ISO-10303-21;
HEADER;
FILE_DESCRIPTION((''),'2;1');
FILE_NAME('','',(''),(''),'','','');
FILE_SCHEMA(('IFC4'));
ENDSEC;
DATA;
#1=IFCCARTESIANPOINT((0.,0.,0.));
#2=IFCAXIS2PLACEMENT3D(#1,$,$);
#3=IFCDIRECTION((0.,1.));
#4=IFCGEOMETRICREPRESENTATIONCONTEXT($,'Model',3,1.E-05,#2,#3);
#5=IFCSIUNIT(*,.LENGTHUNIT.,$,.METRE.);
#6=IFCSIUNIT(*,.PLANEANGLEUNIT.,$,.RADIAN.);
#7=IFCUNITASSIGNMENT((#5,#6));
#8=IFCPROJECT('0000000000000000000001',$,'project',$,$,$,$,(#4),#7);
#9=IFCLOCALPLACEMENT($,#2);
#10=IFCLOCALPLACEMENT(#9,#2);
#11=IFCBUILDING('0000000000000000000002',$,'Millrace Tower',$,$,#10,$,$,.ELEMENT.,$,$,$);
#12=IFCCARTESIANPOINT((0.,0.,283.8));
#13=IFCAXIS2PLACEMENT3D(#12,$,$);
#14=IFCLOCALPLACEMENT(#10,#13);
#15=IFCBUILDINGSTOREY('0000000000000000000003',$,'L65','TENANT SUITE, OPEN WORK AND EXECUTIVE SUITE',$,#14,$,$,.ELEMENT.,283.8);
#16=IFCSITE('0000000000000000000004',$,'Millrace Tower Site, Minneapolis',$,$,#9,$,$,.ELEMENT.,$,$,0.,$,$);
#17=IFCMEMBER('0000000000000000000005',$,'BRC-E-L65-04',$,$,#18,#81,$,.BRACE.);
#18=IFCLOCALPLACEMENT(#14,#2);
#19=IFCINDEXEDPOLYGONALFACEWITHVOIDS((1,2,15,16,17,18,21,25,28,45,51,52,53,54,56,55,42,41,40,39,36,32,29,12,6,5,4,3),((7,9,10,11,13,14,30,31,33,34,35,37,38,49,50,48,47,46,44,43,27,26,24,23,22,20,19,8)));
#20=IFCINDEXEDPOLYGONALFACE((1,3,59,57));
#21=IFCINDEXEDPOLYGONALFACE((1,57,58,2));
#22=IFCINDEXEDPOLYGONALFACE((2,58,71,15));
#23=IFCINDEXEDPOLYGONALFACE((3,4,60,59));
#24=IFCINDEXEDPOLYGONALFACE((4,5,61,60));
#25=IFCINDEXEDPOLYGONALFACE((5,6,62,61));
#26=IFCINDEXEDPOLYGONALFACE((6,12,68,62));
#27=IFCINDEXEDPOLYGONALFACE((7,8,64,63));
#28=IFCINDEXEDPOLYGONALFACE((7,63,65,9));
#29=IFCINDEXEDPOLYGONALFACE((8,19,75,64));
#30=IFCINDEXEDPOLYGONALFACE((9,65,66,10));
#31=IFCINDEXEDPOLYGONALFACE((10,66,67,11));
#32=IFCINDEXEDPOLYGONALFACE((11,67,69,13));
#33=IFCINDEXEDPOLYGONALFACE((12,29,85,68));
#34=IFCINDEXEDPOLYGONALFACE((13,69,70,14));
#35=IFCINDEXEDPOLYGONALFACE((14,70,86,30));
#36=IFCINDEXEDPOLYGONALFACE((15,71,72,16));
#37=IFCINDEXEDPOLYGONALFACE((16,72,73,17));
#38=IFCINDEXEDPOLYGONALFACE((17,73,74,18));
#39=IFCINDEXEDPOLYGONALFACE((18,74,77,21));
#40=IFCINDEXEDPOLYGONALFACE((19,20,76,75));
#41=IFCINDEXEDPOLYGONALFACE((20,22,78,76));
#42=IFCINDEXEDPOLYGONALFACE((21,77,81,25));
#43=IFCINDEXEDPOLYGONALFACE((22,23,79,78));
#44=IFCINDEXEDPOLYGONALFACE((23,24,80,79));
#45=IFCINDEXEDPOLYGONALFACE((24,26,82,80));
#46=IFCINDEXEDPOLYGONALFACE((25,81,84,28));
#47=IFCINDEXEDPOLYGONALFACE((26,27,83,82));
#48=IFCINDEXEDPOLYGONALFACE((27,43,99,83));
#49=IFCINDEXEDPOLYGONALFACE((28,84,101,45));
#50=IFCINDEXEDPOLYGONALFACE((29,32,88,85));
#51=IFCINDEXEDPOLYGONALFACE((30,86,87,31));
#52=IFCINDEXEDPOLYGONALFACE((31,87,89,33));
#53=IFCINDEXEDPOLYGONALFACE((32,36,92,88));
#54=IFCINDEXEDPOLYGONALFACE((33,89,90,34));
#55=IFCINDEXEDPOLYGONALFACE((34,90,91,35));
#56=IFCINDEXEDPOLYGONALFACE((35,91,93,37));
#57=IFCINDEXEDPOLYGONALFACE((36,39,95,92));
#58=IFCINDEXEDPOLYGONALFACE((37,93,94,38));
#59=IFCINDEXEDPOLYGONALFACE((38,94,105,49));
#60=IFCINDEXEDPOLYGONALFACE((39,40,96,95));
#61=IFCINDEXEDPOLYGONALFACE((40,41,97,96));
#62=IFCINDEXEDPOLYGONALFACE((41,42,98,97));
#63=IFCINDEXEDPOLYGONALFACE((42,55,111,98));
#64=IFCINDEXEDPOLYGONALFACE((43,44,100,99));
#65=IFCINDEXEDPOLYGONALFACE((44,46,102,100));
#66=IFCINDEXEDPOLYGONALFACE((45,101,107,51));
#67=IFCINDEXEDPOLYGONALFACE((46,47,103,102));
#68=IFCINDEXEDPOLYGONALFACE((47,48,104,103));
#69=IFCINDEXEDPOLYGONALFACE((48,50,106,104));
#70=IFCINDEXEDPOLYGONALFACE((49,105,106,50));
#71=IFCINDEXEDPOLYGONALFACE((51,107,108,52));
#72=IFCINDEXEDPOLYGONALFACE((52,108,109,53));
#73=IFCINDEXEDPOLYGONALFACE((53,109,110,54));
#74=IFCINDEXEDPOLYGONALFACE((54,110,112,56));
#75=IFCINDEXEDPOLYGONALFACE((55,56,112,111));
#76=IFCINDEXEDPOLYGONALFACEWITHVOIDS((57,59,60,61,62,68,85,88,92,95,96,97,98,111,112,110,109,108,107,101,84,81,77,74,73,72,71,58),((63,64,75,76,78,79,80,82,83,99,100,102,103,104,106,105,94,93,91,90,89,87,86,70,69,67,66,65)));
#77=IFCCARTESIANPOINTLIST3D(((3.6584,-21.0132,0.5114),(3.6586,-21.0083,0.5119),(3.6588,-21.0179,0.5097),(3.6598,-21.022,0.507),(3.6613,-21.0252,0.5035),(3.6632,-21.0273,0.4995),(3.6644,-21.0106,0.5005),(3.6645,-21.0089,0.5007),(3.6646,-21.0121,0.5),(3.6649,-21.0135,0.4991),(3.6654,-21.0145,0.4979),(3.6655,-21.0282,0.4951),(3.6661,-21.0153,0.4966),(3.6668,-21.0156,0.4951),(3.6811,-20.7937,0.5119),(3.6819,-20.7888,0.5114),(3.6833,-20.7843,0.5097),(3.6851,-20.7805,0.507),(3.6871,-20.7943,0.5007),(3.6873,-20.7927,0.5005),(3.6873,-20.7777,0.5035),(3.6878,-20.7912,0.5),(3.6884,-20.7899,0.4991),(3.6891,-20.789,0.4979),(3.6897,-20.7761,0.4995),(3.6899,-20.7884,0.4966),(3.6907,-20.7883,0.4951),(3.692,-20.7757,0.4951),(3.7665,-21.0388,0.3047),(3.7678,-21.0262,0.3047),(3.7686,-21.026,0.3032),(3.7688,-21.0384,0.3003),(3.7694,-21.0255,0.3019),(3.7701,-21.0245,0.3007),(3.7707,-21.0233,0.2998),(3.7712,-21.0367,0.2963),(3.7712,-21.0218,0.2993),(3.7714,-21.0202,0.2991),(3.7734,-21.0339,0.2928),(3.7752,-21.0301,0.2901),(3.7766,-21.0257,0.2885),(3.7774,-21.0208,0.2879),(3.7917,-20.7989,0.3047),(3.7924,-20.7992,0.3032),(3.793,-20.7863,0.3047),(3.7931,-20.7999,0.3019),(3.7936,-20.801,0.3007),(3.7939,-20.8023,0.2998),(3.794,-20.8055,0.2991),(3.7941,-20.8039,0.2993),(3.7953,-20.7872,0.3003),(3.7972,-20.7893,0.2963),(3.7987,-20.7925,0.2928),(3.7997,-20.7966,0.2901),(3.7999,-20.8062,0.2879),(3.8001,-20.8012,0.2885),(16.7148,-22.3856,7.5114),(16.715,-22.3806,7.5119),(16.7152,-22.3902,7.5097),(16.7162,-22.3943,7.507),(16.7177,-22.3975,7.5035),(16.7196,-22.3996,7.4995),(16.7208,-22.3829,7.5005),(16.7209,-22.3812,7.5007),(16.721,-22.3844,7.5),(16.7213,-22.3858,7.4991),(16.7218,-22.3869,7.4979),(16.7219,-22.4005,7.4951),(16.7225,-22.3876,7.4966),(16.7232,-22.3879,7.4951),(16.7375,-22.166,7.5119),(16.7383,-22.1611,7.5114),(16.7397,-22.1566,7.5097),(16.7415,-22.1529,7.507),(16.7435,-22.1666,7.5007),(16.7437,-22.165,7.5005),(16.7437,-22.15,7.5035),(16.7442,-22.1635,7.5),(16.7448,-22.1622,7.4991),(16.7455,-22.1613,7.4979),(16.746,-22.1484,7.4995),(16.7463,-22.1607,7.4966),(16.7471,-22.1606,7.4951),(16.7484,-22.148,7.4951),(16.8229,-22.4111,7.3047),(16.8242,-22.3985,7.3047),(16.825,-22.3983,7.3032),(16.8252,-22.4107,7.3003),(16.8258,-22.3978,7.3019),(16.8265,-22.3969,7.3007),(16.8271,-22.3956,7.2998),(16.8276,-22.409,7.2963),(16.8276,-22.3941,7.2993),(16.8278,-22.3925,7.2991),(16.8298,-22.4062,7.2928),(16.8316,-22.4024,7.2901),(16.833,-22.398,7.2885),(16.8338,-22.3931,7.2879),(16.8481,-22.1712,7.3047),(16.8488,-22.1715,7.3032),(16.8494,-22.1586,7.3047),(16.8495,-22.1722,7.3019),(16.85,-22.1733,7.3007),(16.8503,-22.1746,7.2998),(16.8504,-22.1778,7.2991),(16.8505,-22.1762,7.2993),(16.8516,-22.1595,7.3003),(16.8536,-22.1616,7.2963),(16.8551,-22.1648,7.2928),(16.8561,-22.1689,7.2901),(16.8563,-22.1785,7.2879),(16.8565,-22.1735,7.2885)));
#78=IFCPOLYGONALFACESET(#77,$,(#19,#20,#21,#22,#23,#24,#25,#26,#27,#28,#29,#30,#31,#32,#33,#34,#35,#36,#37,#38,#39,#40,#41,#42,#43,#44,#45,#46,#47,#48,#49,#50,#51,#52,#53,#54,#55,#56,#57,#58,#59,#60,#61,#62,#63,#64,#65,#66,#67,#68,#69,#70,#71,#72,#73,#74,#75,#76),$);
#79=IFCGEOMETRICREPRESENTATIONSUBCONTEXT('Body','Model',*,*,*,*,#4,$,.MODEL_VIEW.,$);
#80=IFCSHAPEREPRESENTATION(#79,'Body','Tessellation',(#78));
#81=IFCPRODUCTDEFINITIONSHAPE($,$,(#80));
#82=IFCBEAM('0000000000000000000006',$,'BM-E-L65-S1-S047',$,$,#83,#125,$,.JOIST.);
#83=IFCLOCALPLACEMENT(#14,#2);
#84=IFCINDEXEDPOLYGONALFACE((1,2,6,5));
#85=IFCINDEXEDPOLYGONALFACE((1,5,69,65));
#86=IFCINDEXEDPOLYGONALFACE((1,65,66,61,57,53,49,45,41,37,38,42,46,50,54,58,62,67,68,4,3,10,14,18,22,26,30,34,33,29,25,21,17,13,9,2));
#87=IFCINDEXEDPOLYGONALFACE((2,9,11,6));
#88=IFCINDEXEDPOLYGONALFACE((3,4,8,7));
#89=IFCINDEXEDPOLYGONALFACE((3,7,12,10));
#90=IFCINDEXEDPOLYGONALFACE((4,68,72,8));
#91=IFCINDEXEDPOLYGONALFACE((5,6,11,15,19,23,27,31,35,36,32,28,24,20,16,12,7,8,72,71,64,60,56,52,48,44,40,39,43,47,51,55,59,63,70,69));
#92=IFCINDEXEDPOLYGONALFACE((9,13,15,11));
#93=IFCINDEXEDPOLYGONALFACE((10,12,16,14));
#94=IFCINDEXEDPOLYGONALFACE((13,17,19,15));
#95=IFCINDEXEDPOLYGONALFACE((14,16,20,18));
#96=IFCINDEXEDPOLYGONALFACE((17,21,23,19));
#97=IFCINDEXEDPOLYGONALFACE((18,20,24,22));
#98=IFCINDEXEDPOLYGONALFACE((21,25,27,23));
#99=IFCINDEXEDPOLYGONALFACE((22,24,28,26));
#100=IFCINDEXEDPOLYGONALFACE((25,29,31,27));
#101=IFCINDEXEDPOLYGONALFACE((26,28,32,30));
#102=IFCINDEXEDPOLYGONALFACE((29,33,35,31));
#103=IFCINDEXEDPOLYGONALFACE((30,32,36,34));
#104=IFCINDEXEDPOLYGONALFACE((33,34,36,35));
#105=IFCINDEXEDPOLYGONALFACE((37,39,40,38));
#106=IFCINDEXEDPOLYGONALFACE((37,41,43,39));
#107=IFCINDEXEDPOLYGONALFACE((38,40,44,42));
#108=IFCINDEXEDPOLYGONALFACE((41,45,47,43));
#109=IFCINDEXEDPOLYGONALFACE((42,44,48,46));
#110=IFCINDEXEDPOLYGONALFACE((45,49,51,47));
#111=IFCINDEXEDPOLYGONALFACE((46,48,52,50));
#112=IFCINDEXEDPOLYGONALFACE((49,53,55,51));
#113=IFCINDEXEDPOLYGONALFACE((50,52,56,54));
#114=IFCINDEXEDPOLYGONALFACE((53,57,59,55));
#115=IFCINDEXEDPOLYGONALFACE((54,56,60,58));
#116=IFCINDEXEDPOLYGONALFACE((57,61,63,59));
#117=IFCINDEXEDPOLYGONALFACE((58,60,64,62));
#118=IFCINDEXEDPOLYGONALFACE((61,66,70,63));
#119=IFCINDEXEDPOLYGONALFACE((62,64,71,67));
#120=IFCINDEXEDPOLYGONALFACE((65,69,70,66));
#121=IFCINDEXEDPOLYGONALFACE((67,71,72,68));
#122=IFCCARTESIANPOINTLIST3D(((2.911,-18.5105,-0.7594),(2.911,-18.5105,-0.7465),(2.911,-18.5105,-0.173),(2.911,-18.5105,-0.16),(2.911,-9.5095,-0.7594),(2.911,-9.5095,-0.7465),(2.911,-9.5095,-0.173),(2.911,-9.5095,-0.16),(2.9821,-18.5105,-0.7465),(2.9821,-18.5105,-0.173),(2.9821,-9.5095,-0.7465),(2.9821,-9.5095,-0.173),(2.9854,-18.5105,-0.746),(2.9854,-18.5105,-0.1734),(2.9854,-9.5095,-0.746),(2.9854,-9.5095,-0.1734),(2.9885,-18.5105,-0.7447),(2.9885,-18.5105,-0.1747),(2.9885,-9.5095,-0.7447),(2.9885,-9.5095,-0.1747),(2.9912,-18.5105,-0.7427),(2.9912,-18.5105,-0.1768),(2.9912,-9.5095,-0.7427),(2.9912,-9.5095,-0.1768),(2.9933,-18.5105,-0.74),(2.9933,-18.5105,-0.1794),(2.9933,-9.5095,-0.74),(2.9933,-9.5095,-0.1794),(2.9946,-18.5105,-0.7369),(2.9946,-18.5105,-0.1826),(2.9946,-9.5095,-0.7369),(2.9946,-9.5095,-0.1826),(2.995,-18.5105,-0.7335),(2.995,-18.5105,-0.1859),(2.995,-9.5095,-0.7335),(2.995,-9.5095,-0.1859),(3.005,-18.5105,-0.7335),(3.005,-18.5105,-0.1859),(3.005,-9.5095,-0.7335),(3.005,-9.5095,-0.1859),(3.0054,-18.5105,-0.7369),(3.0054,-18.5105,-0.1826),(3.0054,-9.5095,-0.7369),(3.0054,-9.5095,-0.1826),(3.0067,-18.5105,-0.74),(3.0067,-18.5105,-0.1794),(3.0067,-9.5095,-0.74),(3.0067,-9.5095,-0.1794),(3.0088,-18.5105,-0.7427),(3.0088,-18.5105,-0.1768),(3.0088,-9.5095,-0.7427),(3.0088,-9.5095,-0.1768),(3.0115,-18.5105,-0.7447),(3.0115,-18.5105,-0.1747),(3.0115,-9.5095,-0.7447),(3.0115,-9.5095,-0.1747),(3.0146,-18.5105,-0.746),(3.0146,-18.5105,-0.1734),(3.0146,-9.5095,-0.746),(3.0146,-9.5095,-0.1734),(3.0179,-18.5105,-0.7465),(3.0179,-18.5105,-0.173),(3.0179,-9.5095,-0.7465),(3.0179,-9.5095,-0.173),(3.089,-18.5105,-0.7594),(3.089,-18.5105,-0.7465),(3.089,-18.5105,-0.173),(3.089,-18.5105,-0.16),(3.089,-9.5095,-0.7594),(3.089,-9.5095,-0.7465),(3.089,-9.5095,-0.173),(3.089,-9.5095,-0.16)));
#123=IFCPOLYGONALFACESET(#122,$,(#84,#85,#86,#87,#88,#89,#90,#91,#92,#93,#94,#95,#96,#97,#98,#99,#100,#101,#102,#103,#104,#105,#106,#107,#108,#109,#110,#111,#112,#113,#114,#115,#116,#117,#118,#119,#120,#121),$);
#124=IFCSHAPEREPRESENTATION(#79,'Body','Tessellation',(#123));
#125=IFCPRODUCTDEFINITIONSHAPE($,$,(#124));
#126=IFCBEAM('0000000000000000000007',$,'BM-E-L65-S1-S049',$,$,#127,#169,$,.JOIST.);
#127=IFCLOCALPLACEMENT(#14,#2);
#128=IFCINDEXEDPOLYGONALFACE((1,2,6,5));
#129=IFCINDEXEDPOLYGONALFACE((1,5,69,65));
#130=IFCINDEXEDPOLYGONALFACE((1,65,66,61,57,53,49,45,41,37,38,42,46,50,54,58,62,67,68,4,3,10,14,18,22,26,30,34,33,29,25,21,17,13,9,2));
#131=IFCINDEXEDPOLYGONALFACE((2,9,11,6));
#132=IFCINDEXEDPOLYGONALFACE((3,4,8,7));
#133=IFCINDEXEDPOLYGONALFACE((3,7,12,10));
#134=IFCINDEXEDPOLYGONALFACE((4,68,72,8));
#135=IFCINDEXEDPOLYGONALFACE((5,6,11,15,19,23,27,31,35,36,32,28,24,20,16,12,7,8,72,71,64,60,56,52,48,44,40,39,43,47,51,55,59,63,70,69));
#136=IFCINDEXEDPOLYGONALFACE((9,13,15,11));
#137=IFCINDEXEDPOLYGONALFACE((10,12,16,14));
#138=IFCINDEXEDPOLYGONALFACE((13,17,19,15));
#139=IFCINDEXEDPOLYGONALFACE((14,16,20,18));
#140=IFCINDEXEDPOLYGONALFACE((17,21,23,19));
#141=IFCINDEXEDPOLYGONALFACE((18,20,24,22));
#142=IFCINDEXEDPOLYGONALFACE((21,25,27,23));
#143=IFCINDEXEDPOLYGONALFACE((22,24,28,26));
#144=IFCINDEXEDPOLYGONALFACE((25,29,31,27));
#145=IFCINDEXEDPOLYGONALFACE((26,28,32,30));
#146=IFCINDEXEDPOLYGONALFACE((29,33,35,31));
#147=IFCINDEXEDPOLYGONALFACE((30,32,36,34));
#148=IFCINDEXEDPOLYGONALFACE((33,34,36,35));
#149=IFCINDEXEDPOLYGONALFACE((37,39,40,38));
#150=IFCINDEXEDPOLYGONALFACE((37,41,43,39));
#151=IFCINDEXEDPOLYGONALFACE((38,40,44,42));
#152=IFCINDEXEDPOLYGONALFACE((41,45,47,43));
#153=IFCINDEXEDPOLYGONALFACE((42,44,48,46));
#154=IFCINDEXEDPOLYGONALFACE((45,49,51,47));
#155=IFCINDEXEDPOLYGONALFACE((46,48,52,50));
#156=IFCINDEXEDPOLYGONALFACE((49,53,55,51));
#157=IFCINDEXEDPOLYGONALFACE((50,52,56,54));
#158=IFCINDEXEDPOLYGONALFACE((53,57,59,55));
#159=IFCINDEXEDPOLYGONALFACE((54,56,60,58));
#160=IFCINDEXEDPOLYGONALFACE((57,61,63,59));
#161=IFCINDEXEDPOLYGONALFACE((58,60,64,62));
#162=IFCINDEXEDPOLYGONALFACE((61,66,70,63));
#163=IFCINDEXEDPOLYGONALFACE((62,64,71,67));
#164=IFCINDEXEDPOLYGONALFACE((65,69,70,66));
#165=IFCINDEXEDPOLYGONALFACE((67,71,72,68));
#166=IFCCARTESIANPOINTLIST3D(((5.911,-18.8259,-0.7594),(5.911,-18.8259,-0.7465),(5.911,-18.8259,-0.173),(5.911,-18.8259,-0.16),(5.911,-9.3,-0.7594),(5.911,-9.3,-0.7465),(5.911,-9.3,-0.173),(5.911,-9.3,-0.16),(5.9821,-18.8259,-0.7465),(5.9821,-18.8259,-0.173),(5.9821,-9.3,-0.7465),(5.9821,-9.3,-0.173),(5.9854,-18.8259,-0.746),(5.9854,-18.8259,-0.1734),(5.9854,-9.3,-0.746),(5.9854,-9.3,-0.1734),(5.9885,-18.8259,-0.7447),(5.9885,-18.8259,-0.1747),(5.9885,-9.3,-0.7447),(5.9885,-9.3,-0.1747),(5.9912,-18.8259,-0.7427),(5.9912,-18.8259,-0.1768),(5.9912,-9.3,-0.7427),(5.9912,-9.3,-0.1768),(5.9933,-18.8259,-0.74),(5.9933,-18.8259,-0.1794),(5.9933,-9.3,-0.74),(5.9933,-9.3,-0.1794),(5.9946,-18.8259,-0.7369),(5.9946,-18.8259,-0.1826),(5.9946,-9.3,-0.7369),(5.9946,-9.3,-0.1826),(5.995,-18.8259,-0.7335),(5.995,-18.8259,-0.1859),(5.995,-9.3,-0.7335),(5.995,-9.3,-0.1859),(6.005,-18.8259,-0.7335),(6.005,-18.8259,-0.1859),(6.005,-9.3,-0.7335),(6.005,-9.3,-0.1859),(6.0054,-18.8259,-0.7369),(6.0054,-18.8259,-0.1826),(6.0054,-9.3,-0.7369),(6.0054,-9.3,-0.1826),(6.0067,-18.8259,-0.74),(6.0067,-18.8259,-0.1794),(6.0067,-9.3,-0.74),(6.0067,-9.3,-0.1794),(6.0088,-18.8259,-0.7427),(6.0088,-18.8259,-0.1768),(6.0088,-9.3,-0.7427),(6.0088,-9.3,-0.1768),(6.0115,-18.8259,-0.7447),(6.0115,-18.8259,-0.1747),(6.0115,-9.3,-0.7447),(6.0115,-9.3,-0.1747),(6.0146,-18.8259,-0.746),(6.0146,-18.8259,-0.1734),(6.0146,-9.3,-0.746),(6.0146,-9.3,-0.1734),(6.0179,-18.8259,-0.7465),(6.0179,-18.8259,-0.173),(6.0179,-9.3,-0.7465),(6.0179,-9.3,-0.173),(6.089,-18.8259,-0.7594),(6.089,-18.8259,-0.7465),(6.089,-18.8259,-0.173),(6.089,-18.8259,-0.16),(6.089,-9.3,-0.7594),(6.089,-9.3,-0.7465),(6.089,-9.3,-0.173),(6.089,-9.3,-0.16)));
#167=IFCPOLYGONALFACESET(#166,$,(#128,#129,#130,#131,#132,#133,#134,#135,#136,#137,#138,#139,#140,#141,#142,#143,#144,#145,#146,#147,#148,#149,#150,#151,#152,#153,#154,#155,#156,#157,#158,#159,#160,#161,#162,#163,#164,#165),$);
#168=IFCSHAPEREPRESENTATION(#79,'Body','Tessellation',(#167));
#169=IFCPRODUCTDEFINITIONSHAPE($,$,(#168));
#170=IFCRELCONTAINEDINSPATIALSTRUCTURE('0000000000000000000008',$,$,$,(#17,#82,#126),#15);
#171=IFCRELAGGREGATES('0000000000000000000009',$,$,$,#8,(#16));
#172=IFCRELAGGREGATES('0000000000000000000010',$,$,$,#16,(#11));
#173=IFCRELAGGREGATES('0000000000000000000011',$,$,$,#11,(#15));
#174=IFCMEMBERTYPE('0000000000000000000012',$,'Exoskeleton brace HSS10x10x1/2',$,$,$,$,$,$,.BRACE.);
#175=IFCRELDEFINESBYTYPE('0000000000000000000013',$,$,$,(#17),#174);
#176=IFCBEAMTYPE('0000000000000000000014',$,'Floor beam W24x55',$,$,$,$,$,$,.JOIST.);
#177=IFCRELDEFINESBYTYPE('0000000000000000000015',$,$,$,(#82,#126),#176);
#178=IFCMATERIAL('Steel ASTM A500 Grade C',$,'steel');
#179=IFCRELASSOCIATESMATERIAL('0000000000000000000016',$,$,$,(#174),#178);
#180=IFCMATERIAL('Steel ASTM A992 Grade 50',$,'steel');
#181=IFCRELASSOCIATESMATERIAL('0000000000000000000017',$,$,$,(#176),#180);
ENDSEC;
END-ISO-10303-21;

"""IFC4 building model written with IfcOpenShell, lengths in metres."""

from ifc_helpers import new_model, si_unit, direction, frame, origin, origin_2d, place, context, subcontext, project, spatial, hollow_rectangle, i_section, extrude, material, material_profile, profile_set, type_object, element, save


model = new_model("IFC4")

# Units and contexts
model_context = context("Model", 3, precision=1e-05, world=origin(), true_north=direction((0.0, 1.0)))
body_context = subcontext(model_context, "Body", "Model", "MODEL_VIEW")
ifc_project = project(units=[si_unit("LENGTHUNIT", "METRE"), si_unit("PLANEANGLEUNIT", "RADIAN")], contexts=[model_context])

# Site, building, storey
site_placement = place(None, origin())
site = spatial("IfcSite", under=ifc_project, at=site_placement, Name="Millrace Tower Site, Minneapolis", CompositionType="ELEMENT", RefElevation=0.0)
building_placement = place(site_placement, origin())
building = spatial("IfcBuilding", under=site, at=building_placement, Name="Millrace Tower", CompositionType="ELEMENT")
storey_placement = place(building_placement, frame((0.0, 0.0, 283.8)))
storey = spatial("IfcBuildingStorey", under=building, at=storey_placement, Name="L65", Description="TENANT SUITE, OPEN WORK AND EXECUTIVE SUITE", CompositionType="ELEMENT", Elevation=283.8)

# Member
ifc_material_1 = material(Name="Steel ASTM A500 Grade C", Category="steel")
ifc_material_profile_1 = material_profile(ifc_material_1, hollow_rectangle(XDim=0.2539, YDim=0.2539, WallThickness=0.0127, InnerFilletRadius=0.0063, OuterFilletRadius=0.019, at=origin_2d()))
ifc_profile_set_1 = profile_set([ifc_material_profile_1], Name="Steel ASTM A500 Grade C")
member_type_1 = type_object("IfcMemberType", Name="Exoskeleton brace HSS10x10x1/2", PredefinedType="BRACE", material=ifc_profile_set_1)
member_1_placement = place(storey_placement, frame((3.7292, -20.9072, 0.3999), z_axis=(0.877568, -0.092238, 0.470496), x_axis=(0.104531, 0.994522, 0.0)))
element("IfcMember", 1, at=member_1_placement, inside=storey, type_object=member_type_1, Name="BRC-E-L65-04", PredefinedType="BRACE", context=body_context, shape_type="SweptSolid", body=[
    extrude(hollow_rectangle(XDim=0.2539, YDim=0.2539, WallThickness=0.0127, InnerFilletRadius=0.0063, OuterFilletRadius=0.019, at=origin_2d()), origin(), (0.0, 0.0, 1.0), 14.8779),
])

# Beams
ifc_material_2 = material(Name="Steel ASTM A992 Grade 50", Category="steel")
ifc_material_profile_2 = material_profile(ifc_material_2, i_section(OverallWidth=0.178, OverallDepth=0.5994, WebThickness=0.01, FlangeThickness=0.0129, FilletRadius=0.0129, at=origin_2d()))
ifc_profile_set_2 = profile_set([ifc_material_profile_2], Name="Steel ASTM A992 Grade 50")
beam_type_1 = type_object("IfcBeamType", Name="Floor beam W24x55", PredefinedType="JOIST", material=ifc_profile_set_2)
beam_1_placement = place(storey_placement, frame((3.0, -18.5105, -0.4597), z_axis=(0.0, 1.0, 0.0), x_axis=(-1.0, 0.0, 0.0)))
element("IfcBeam", 2, at=beam_1_placement, inside=storey, type_object=beam_type_1, Name="BM-E-L65-S1-S047", PredefinedType="JOIST", context=body_context, shape_type="SweptSolid", body=[
    extrude(i_section(OverallWidth=0.178, OverallDepth=0.5994, WebThickness=0.01, FlangeThickness=0.0129, FilletRadius=0.0129, at=origin_2d()), origin(), (0.0, 0.0, 1.0), 9.001),
])
beam_2_placement = place(storey_placement, frame((6.0, -18.8259, -0.4597), z_axis=(0.0, 1.0, 0.0), x_axis=(-1.0, 0.0, 0.0)))
element("IfcBeam", 3, at=beam_2_placement, inside=storey, type_object=beam_type_1, Name="BM-E-L65-S1-S049", PredefinedType="JOIST", context=body_context, shape_type="SweptSolid", body=[
    extrude(i_section(OverallWidth=0.178, OverallDepth=0.5994, WebThickness=0.01, FlangeThickness=0.0129, FilletRadius=0.0129, at=origin_2d()), origin(), (0.0, 0.0, 1.0), 9.5259),
])

save(model, "model.ifc")
